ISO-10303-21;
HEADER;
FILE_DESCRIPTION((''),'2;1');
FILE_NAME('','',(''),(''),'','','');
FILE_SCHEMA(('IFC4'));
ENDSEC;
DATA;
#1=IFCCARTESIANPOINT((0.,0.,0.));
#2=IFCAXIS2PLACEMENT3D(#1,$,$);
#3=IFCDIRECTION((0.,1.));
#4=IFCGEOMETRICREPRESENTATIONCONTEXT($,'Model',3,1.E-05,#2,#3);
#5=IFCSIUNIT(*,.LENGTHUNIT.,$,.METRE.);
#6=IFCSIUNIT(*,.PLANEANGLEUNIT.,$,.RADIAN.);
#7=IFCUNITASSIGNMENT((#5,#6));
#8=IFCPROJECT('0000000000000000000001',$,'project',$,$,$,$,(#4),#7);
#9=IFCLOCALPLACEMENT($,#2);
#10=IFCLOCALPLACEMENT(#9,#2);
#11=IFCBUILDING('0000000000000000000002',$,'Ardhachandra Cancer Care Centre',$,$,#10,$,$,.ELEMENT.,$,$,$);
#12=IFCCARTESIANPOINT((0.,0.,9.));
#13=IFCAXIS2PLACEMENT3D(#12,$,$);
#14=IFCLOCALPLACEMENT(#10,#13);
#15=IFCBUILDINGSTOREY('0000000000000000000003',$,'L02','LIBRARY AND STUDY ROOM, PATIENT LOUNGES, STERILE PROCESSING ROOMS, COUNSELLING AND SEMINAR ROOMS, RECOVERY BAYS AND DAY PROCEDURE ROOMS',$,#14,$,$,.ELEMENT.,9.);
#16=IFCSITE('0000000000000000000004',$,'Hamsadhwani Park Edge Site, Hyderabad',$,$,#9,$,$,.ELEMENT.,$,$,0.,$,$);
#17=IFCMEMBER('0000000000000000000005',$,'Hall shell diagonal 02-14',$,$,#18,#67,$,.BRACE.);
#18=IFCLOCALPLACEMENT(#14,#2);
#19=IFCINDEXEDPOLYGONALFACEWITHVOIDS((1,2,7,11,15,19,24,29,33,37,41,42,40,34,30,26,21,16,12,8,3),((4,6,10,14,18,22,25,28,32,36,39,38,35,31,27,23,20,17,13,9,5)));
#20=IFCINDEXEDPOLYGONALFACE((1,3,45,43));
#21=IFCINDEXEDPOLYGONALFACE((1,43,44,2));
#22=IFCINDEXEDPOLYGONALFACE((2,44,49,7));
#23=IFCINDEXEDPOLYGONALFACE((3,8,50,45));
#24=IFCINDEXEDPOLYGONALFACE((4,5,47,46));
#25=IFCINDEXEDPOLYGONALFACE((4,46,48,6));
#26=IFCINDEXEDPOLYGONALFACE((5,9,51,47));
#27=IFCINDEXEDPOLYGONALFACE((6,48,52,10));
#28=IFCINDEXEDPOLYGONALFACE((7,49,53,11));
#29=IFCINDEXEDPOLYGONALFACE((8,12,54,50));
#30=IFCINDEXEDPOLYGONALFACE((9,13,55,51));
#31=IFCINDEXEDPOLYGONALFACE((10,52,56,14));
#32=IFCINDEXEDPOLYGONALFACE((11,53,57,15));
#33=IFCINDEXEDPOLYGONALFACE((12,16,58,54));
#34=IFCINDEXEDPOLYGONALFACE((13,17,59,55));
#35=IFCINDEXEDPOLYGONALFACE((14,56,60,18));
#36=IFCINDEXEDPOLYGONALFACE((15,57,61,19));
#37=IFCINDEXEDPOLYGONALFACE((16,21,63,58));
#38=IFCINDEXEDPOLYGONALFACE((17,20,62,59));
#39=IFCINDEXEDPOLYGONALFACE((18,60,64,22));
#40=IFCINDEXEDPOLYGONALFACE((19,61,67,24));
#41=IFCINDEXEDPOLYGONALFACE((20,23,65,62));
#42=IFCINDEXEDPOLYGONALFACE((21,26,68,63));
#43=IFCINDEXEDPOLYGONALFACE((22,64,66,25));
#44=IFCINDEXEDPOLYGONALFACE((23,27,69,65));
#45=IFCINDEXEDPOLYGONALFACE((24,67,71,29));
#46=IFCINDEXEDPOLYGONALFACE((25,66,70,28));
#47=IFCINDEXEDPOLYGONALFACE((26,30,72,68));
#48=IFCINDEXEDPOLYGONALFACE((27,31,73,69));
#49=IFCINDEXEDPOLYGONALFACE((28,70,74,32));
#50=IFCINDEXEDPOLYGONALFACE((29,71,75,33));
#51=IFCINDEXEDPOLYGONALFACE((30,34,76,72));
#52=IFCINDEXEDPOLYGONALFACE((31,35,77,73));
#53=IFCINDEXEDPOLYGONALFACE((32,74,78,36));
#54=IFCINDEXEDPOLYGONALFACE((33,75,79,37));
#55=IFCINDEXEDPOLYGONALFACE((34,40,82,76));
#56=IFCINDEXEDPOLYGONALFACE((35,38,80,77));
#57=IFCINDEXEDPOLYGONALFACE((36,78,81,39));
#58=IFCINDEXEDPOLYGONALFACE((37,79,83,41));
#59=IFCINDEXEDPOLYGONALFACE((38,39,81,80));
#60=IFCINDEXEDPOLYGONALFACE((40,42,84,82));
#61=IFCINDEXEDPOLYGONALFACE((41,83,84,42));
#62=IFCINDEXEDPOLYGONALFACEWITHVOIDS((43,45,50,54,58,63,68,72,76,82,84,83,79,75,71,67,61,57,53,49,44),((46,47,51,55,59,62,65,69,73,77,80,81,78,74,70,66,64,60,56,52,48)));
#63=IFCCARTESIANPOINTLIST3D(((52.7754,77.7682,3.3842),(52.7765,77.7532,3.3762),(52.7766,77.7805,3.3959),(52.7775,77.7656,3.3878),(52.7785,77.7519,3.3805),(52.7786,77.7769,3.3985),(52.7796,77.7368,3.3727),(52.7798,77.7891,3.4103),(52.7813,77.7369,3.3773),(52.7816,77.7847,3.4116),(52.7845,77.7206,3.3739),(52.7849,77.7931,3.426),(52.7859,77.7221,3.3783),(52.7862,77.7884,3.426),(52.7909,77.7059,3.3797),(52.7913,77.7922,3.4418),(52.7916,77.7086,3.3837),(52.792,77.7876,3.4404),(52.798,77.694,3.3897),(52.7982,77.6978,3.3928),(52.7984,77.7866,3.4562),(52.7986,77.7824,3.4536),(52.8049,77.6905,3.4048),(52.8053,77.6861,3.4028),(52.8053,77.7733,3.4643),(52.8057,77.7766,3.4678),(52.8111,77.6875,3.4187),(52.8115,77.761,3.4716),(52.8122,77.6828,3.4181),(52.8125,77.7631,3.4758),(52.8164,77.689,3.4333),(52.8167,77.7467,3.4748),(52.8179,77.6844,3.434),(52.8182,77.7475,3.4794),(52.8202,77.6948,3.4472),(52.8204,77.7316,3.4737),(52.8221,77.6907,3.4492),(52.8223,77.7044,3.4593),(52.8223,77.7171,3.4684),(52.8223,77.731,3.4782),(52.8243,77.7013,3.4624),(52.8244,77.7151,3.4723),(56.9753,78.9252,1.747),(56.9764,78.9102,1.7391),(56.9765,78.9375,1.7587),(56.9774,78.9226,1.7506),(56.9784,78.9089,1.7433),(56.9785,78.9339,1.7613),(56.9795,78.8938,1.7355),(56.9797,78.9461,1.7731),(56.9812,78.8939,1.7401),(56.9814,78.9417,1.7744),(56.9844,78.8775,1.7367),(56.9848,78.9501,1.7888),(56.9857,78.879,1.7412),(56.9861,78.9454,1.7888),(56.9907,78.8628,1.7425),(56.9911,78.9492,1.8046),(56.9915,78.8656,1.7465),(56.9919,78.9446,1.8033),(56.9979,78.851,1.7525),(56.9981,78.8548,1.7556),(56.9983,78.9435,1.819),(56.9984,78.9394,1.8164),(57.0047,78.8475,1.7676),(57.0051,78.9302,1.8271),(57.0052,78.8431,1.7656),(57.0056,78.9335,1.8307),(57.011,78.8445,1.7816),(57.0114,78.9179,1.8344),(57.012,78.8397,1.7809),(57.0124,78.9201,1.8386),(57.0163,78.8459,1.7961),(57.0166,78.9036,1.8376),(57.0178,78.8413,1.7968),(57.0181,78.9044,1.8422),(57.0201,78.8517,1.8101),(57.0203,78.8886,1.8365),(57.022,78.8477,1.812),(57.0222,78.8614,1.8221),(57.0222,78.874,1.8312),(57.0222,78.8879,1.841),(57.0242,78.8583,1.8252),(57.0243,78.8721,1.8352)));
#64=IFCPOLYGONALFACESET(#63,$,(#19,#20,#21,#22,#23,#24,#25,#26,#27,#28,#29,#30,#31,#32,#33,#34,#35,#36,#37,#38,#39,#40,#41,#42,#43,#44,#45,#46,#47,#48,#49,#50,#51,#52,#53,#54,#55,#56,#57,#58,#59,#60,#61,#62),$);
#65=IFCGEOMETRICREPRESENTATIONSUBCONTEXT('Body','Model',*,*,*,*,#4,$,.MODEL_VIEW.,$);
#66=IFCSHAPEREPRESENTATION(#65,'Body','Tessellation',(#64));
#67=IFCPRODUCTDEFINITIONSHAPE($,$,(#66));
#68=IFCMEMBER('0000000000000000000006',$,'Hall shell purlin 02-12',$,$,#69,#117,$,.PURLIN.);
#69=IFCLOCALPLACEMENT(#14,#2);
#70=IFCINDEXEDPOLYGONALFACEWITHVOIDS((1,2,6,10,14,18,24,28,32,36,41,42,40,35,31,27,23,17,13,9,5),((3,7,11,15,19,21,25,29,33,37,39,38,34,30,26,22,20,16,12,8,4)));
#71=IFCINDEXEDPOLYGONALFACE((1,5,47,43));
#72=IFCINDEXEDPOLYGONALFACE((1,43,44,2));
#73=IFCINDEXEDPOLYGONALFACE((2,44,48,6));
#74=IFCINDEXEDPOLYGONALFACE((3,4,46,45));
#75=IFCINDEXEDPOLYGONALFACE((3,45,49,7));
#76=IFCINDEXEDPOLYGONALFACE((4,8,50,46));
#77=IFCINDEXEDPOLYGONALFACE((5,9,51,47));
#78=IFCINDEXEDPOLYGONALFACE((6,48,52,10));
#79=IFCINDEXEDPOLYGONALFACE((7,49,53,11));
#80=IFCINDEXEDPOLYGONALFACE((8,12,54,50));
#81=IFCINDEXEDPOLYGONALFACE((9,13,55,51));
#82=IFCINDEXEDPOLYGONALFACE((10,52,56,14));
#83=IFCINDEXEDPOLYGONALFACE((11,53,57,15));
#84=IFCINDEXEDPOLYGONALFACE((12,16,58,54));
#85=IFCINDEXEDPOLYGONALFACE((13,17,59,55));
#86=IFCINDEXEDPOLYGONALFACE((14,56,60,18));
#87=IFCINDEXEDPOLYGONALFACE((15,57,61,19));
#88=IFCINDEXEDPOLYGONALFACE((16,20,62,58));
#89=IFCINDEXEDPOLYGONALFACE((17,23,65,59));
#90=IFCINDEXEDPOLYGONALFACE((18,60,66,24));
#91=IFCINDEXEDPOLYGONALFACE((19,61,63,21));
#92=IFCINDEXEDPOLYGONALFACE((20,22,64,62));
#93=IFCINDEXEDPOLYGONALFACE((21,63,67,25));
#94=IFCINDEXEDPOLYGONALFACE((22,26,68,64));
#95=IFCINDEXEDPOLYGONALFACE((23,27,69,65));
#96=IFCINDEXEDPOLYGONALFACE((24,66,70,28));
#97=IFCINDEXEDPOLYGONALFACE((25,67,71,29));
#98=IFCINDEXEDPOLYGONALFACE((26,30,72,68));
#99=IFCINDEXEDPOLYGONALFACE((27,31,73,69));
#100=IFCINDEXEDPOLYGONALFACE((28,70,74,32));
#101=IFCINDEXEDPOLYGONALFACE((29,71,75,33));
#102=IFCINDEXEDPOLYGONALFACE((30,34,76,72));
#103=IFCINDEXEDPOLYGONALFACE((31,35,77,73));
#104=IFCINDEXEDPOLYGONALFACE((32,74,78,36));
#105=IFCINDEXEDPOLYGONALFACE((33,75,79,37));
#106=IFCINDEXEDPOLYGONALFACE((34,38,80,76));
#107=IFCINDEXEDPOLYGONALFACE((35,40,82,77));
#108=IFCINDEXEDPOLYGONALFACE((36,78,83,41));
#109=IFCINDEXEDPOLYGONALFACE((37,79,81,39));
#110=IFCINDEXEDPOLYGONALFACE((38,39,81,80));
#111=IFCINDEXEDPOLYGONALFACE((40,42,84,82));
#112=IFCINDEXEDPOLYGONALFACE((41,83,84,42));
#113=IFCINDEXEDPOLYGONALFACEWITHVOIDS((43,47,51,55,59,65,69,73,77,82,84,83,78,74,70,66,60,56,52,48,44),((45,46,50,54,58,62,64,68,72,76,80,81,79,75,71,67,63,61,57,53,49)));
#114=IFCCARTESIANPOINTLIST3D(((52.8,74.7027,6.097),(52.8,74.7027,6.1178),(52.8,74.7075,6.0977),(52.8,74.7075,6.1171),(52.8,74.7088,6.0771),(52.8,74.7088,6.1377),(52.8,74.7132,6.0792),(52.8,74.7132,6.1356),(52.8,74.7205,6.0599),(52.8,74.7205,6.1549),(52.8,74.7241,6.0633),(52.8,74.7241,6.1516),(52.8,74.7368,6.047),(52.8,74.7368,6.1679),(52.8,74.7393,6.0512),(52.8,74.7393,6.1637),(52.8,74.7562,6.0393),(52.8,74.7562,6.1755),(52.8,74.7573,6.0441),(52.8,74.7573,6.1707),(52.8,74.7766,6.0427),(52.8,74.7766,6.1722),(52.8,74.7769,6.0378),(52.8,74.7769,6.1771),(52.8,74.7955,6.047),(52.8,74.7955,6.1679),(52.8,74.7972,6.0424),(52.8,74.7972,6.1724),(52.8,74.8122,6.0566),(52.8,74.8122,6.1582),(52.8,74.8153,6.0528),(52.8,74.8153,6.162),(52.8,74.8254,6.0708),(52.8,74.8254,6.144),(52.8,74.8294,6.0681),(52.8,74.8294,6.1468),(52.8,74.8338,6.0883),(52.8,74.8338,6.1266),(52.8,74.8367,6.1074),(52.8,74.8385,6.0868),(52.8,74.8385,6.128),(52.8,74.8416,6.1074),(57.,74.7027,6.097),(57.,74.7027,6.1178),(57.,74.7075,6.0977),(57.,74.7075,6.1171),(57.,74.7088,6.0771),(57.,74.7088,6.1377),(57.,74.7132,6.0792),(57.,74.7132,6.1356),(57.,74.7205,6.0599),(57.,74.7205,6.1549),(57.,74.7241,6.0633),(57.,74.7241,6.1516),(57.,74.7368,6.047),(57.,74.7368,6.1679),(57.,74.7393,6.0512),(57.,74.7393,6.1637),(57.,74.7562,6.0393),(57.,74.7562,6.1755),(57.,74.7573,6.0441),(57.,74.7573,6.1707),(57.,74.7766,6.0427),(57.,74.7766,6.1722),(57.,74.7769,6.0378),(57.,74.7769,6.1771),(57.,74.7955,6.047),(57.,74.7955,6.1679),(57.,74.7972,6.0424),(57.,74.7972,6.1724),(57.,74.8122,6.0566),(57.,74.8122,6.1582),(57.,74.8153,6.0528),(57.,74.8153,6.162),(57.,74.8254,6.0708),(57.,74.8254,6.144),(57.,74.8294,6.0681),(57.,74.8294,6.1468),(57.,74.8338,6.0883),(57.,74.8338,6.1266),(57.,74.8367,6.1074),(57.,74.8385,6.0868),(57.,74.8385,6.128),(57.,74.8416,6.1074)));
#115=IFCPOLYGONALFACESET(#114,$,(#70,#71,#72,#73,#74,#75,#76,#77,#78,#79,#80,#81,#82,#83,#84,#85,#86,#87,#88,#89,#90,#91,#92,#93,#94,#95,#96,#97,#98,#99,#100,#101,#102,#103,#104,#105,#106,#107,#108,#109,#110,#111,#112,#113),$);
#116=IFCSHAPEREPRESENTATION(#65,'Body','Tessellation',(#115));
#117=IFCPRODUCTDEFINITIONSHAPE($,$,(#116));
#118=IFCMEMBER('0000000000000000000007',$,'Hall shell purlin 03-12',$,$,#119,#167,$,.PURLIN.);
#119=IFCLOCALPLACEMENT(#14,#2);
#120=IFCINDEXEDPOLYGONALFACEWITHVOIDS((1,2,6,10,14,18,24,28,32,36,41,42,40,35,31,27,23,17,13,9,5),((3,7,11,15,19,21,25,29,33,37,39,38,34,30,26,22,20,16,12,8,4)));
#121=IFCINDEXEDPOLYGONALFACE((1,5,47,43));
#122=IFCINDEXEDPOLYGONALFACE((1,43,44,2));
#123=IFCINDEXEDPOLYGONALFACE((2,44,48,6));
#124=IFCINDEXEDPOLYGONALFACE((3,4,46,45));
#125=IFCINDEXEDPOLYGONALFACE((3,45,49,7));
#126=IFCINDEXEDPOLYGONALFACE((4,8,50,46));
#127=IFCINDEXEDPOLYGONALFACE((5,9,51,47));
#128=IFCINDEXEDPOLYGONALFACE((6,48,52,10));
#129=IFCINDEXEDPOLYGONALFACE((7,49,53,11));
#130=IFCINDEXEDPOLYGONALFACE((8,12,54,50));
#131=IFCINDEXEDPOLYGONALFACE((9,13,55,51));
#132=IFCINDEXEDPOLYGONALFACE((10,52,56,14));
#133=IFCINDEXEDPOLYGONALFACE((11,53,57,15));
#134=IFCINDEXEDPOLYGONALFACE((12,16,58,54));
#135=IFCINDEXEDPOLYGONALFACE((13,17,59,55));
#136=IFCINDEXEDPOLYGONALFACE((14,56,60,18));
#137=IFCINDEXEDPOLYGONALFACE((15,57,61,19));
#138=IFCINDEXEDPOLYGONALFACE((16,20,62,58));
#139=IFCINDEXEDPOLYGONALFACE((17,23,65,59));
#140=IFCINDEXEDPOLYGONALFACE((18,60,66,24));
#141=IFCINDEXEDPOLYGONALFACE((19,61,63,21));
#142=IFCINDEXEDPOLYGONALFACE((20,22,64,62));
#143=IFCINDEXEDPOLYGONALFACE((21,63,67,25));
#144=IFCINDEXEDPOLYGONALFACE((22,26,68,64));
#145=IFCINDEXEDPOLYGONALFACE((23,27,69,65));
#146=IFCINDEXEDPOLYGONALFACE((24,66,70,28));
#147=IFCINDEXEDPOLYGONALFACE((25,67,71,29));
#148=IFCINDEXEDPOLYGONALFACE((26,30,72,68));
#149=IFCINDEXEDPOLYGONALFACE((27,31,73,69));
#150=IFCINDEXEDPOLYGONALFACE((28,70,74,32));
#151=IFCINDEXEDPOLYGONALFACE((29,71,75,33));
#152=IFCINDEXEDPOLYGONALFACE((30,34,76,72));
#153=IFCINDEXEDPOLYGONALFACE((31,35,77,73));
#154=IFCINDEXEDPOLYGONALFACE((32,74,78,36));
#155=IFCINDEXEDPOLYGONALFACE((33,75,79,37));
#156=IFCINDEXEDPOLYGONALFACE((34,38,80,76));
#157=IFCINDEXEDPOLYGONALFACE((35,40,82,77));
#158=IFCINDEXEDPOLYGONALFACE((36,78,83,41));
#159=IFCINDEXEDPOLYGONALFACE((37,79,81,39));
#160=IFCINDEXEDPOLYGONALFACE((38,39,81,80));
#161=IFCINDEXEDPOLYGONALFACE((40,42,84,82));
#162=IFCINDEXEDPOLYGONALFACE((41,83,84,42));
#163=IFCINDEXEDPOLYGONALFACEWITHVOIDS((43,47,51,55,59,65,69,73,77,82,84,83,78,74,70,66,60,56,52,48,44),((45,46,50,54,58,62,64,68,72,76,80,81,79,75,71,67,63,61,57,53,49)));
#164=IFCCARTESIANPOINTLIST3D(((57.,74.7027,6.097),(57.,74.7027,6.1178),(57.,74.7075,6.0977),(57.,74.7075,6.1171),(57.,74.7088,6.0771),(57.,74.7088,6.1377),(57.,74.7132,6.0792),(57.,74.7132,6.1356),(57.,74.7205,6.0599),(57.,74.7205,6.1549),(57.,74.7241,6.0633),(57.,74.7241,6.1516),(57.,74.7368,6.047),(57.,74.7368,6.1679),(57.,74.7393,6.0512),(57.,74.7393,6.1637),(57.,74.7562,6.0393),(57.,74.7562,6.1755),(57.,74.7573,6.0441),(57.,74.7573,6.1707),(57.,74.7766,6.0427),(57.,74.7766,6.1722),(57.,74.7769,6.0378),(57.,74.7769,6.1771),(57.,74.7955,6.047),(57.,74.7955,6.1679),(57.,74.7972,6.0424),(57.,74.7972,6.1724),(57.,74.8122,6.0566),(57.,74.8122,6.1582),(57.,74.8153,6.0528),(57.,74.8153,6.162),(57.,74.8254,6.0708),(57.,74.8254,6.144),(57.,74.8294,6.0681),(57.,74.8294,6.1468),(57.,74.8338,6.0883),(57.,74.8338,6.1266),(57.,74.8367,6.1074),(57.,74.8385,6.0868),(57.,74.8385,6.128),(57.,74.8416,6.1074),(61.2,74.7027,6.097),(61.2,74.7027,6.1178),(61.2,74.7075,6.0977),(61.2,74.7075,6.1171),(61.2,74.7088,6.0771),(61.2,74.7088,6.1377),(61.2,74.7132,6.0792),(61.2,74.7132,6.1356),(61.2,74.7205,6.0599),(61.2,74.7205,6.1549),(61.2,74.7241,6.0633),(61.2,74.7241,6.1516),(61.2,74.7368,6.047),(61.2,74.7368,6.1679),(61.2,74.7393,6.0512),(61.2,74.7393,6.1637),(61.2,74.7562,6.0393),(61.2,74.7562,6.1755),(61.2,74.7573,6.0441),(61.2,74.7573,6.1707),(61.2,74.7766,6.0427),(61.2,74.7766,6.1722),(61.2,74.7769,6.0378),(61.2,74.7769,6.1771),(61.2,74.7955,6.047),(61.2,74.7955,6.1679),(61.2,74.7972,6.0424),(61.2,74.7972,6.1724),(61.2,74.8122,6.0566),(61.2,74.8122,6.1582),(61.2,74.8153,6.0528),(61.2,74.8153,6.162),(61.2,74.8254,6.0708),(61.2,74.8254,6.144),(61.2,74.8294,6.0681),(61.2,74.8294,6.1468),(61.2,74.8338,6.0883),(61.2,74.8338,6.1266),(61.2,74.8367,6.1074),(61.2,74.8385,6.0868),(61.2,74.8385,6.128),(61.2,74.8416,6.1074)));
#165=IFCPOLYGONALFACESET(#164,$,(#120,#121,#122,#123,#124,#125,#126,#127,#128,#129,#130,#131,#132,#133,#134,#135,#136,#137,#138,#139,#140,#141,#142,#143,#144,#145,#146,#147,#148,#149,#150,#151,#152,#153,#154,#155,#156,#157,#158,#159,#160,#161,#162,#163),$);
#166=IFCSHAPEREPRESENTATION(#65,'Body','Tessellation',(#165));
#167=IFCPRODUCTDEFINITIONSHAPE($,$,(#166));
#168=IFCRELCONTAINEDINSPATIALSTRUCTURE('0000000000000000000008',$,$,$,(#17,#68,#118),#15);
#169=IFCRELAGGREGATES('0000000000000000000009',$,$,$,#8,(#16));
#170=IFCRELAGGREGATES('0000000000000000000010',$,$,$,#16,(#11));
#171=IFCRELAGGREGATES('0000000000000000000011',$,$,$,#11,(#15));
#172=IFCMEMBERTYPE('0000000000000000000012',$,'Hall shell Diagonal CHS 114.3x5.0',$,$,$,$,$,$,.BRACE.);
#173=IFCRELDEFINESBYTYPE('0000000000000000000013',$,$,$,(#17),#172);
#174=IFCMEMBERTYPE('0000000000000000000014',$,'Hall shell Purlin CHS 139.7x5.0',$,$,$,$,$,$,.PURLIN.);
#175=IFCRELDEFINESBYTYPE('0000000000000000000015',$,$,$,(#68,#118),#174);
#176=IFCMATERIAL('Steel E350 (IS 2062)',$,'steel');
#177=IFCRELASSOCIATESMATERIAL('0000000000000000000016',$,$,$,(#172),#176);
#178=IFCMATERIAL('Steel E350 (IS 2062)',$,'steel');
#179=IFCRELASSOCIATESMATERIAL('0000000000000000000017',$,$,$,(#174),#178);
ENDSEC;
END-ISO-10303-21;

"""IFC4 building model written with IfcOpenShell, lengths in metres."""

from ifc_helpers import new_model, si_unit, direction, frame, origin, origin_2d, place, context, subcontext, project, spatial, hollow_circle, extrude, material, material_profile, profile_set, type_object, element, save


model = new_model("IFC4")

# Units and contexts
model_context = context("Model", 3, precision=1e-05, world=origin(), true_north=direction((0.0, 1.0)))
body_context = subcontext(model_context, "Body", "Model", "MODEL_VIEW")
ifc_project = project(units=[si_unit("LENGTHUNIT", "METRE"), si_unit("PLANEANGLEUNIT", "RADIAN")], contexts=[model_context])

# Site, building, storey
site_placement = place(None, origin())
site = spatial("IfcSite", under=ifc_project, at=site_placement, Name="Hamsadhwani Park Edge Site, Hyderabad", CompositionType="ELEMENT", RefElevation=0.0)
building_placement = place(site_placement, origin())
building = spatial("IfcBuilding", under=site, at=building_placement, Name="Ardhachandra Cancer Care Centre", CompositionType="ELEMENT")
storey_placement = place(building_placement, frame((0.0, 0.0, 9.0)))
storey = spatial("IfcBuildingStorey", under=building, at=storey_placement, Name="L02", Description="LIBRARY AND STUDY ROOM, PATIENT LOUNGES, STERILE PROCESSING ROOMS, COUNSELLING AND SEMINAR ROOMS, RECOVERY BAYS AND DAY PROCEDURE ROOMS", CompositionType="ELEMENT", Elevation=9.0)

# Members
ifc_material_1 = material(Name="Steel E350 (IS 2062)", Category="steel")
ifc_material_profile_1 = material_profile(ifc_material_1, hollow_circle(Radius=0.0571, WallThickness=0.0049, at=origin_2d()), Name="CHS 114.3x5.0")
ifc_profile_set_1 = profile_set([ifc_material_profile_1], Name="Steel E350 (IS 2062)")
member_type_1 = type_object("IfcMemberType", Name="Hall shell Diagonal CHS 114.3x5.0", PredefinedType="BRACE", material=ifc_profile_set_1)
for number, where, z_axis, x_axis, name in (
    (1, (52.8, 77.738, 3.426), (0.902461, 0.248606, -0.351794), (-0.265582, 0.964088, 0.0), "Hall shell diagonal 02-14"),
):
    element("IfcMember", number, at=place(storey_placement, frame(where, z_axis=z_axis, x_axis=x_axis)), inside=storey, type_object=member_type_1, Name=name, PredefinedType="BRACE", context=body_context, shape_type="SweptSolid", body=[
        extrude(hollow_circle(Radius=0.0571, WallThickness=0.0049, at=origin_2d()), origin(), (0.0, 0.0, 1.0), 4.6538),
    ])
ifc_material_2 = material(Name="Steel E350 (IS 2062)", Category="steel")
ifc_material_profile_2 = material_profile(ifc_material_2, hollow_circle(Radius=0.0698, WallThickness=0.0049, at=origin_2d()), Name="CHS 139.7x5.0")
ifc_profile_set_2 = profile_set([ifc_material_profile_2], Name="Steel E350 (IS 2062)")
member_type_2 = type_object("IfcMemberType", Name="Hall shell Purlin CHS 139.7x5.0", PredefinedType="PURLIN", material=ifc_profile_set_2)
for number, where, z_axis, x_axis, name in (
    (2, (52.8, 74.7717, 6.1074), (1.0, 0.0, 0.0), (0.0, 1.0, 0.0), "Hall shell purlin 02-12"),
    (3, (57.0, 74.7717, 6.1074), (1.0, 0.0, 0.0), (0.0, 1.0, 0.0), "Hall shell purlin 03-12"),
):
    element("IfcMember", number, at=place(storey_placement, frame(where, z_axis=z_axis, x_axis=x_axis)), inside=storey, type_object=member_type_2, Name=name, PredefinedType="PURLIN", context=body_context, shape_type="SweptSolid", body=[
        extrude(hollow_circle(Radius=0.0698, WallThickness=0.0049, at=origin_2d()), origin(), (0.0, 0.0, 1.0), 4.2),
    ])

save(model, "model.ifc")
